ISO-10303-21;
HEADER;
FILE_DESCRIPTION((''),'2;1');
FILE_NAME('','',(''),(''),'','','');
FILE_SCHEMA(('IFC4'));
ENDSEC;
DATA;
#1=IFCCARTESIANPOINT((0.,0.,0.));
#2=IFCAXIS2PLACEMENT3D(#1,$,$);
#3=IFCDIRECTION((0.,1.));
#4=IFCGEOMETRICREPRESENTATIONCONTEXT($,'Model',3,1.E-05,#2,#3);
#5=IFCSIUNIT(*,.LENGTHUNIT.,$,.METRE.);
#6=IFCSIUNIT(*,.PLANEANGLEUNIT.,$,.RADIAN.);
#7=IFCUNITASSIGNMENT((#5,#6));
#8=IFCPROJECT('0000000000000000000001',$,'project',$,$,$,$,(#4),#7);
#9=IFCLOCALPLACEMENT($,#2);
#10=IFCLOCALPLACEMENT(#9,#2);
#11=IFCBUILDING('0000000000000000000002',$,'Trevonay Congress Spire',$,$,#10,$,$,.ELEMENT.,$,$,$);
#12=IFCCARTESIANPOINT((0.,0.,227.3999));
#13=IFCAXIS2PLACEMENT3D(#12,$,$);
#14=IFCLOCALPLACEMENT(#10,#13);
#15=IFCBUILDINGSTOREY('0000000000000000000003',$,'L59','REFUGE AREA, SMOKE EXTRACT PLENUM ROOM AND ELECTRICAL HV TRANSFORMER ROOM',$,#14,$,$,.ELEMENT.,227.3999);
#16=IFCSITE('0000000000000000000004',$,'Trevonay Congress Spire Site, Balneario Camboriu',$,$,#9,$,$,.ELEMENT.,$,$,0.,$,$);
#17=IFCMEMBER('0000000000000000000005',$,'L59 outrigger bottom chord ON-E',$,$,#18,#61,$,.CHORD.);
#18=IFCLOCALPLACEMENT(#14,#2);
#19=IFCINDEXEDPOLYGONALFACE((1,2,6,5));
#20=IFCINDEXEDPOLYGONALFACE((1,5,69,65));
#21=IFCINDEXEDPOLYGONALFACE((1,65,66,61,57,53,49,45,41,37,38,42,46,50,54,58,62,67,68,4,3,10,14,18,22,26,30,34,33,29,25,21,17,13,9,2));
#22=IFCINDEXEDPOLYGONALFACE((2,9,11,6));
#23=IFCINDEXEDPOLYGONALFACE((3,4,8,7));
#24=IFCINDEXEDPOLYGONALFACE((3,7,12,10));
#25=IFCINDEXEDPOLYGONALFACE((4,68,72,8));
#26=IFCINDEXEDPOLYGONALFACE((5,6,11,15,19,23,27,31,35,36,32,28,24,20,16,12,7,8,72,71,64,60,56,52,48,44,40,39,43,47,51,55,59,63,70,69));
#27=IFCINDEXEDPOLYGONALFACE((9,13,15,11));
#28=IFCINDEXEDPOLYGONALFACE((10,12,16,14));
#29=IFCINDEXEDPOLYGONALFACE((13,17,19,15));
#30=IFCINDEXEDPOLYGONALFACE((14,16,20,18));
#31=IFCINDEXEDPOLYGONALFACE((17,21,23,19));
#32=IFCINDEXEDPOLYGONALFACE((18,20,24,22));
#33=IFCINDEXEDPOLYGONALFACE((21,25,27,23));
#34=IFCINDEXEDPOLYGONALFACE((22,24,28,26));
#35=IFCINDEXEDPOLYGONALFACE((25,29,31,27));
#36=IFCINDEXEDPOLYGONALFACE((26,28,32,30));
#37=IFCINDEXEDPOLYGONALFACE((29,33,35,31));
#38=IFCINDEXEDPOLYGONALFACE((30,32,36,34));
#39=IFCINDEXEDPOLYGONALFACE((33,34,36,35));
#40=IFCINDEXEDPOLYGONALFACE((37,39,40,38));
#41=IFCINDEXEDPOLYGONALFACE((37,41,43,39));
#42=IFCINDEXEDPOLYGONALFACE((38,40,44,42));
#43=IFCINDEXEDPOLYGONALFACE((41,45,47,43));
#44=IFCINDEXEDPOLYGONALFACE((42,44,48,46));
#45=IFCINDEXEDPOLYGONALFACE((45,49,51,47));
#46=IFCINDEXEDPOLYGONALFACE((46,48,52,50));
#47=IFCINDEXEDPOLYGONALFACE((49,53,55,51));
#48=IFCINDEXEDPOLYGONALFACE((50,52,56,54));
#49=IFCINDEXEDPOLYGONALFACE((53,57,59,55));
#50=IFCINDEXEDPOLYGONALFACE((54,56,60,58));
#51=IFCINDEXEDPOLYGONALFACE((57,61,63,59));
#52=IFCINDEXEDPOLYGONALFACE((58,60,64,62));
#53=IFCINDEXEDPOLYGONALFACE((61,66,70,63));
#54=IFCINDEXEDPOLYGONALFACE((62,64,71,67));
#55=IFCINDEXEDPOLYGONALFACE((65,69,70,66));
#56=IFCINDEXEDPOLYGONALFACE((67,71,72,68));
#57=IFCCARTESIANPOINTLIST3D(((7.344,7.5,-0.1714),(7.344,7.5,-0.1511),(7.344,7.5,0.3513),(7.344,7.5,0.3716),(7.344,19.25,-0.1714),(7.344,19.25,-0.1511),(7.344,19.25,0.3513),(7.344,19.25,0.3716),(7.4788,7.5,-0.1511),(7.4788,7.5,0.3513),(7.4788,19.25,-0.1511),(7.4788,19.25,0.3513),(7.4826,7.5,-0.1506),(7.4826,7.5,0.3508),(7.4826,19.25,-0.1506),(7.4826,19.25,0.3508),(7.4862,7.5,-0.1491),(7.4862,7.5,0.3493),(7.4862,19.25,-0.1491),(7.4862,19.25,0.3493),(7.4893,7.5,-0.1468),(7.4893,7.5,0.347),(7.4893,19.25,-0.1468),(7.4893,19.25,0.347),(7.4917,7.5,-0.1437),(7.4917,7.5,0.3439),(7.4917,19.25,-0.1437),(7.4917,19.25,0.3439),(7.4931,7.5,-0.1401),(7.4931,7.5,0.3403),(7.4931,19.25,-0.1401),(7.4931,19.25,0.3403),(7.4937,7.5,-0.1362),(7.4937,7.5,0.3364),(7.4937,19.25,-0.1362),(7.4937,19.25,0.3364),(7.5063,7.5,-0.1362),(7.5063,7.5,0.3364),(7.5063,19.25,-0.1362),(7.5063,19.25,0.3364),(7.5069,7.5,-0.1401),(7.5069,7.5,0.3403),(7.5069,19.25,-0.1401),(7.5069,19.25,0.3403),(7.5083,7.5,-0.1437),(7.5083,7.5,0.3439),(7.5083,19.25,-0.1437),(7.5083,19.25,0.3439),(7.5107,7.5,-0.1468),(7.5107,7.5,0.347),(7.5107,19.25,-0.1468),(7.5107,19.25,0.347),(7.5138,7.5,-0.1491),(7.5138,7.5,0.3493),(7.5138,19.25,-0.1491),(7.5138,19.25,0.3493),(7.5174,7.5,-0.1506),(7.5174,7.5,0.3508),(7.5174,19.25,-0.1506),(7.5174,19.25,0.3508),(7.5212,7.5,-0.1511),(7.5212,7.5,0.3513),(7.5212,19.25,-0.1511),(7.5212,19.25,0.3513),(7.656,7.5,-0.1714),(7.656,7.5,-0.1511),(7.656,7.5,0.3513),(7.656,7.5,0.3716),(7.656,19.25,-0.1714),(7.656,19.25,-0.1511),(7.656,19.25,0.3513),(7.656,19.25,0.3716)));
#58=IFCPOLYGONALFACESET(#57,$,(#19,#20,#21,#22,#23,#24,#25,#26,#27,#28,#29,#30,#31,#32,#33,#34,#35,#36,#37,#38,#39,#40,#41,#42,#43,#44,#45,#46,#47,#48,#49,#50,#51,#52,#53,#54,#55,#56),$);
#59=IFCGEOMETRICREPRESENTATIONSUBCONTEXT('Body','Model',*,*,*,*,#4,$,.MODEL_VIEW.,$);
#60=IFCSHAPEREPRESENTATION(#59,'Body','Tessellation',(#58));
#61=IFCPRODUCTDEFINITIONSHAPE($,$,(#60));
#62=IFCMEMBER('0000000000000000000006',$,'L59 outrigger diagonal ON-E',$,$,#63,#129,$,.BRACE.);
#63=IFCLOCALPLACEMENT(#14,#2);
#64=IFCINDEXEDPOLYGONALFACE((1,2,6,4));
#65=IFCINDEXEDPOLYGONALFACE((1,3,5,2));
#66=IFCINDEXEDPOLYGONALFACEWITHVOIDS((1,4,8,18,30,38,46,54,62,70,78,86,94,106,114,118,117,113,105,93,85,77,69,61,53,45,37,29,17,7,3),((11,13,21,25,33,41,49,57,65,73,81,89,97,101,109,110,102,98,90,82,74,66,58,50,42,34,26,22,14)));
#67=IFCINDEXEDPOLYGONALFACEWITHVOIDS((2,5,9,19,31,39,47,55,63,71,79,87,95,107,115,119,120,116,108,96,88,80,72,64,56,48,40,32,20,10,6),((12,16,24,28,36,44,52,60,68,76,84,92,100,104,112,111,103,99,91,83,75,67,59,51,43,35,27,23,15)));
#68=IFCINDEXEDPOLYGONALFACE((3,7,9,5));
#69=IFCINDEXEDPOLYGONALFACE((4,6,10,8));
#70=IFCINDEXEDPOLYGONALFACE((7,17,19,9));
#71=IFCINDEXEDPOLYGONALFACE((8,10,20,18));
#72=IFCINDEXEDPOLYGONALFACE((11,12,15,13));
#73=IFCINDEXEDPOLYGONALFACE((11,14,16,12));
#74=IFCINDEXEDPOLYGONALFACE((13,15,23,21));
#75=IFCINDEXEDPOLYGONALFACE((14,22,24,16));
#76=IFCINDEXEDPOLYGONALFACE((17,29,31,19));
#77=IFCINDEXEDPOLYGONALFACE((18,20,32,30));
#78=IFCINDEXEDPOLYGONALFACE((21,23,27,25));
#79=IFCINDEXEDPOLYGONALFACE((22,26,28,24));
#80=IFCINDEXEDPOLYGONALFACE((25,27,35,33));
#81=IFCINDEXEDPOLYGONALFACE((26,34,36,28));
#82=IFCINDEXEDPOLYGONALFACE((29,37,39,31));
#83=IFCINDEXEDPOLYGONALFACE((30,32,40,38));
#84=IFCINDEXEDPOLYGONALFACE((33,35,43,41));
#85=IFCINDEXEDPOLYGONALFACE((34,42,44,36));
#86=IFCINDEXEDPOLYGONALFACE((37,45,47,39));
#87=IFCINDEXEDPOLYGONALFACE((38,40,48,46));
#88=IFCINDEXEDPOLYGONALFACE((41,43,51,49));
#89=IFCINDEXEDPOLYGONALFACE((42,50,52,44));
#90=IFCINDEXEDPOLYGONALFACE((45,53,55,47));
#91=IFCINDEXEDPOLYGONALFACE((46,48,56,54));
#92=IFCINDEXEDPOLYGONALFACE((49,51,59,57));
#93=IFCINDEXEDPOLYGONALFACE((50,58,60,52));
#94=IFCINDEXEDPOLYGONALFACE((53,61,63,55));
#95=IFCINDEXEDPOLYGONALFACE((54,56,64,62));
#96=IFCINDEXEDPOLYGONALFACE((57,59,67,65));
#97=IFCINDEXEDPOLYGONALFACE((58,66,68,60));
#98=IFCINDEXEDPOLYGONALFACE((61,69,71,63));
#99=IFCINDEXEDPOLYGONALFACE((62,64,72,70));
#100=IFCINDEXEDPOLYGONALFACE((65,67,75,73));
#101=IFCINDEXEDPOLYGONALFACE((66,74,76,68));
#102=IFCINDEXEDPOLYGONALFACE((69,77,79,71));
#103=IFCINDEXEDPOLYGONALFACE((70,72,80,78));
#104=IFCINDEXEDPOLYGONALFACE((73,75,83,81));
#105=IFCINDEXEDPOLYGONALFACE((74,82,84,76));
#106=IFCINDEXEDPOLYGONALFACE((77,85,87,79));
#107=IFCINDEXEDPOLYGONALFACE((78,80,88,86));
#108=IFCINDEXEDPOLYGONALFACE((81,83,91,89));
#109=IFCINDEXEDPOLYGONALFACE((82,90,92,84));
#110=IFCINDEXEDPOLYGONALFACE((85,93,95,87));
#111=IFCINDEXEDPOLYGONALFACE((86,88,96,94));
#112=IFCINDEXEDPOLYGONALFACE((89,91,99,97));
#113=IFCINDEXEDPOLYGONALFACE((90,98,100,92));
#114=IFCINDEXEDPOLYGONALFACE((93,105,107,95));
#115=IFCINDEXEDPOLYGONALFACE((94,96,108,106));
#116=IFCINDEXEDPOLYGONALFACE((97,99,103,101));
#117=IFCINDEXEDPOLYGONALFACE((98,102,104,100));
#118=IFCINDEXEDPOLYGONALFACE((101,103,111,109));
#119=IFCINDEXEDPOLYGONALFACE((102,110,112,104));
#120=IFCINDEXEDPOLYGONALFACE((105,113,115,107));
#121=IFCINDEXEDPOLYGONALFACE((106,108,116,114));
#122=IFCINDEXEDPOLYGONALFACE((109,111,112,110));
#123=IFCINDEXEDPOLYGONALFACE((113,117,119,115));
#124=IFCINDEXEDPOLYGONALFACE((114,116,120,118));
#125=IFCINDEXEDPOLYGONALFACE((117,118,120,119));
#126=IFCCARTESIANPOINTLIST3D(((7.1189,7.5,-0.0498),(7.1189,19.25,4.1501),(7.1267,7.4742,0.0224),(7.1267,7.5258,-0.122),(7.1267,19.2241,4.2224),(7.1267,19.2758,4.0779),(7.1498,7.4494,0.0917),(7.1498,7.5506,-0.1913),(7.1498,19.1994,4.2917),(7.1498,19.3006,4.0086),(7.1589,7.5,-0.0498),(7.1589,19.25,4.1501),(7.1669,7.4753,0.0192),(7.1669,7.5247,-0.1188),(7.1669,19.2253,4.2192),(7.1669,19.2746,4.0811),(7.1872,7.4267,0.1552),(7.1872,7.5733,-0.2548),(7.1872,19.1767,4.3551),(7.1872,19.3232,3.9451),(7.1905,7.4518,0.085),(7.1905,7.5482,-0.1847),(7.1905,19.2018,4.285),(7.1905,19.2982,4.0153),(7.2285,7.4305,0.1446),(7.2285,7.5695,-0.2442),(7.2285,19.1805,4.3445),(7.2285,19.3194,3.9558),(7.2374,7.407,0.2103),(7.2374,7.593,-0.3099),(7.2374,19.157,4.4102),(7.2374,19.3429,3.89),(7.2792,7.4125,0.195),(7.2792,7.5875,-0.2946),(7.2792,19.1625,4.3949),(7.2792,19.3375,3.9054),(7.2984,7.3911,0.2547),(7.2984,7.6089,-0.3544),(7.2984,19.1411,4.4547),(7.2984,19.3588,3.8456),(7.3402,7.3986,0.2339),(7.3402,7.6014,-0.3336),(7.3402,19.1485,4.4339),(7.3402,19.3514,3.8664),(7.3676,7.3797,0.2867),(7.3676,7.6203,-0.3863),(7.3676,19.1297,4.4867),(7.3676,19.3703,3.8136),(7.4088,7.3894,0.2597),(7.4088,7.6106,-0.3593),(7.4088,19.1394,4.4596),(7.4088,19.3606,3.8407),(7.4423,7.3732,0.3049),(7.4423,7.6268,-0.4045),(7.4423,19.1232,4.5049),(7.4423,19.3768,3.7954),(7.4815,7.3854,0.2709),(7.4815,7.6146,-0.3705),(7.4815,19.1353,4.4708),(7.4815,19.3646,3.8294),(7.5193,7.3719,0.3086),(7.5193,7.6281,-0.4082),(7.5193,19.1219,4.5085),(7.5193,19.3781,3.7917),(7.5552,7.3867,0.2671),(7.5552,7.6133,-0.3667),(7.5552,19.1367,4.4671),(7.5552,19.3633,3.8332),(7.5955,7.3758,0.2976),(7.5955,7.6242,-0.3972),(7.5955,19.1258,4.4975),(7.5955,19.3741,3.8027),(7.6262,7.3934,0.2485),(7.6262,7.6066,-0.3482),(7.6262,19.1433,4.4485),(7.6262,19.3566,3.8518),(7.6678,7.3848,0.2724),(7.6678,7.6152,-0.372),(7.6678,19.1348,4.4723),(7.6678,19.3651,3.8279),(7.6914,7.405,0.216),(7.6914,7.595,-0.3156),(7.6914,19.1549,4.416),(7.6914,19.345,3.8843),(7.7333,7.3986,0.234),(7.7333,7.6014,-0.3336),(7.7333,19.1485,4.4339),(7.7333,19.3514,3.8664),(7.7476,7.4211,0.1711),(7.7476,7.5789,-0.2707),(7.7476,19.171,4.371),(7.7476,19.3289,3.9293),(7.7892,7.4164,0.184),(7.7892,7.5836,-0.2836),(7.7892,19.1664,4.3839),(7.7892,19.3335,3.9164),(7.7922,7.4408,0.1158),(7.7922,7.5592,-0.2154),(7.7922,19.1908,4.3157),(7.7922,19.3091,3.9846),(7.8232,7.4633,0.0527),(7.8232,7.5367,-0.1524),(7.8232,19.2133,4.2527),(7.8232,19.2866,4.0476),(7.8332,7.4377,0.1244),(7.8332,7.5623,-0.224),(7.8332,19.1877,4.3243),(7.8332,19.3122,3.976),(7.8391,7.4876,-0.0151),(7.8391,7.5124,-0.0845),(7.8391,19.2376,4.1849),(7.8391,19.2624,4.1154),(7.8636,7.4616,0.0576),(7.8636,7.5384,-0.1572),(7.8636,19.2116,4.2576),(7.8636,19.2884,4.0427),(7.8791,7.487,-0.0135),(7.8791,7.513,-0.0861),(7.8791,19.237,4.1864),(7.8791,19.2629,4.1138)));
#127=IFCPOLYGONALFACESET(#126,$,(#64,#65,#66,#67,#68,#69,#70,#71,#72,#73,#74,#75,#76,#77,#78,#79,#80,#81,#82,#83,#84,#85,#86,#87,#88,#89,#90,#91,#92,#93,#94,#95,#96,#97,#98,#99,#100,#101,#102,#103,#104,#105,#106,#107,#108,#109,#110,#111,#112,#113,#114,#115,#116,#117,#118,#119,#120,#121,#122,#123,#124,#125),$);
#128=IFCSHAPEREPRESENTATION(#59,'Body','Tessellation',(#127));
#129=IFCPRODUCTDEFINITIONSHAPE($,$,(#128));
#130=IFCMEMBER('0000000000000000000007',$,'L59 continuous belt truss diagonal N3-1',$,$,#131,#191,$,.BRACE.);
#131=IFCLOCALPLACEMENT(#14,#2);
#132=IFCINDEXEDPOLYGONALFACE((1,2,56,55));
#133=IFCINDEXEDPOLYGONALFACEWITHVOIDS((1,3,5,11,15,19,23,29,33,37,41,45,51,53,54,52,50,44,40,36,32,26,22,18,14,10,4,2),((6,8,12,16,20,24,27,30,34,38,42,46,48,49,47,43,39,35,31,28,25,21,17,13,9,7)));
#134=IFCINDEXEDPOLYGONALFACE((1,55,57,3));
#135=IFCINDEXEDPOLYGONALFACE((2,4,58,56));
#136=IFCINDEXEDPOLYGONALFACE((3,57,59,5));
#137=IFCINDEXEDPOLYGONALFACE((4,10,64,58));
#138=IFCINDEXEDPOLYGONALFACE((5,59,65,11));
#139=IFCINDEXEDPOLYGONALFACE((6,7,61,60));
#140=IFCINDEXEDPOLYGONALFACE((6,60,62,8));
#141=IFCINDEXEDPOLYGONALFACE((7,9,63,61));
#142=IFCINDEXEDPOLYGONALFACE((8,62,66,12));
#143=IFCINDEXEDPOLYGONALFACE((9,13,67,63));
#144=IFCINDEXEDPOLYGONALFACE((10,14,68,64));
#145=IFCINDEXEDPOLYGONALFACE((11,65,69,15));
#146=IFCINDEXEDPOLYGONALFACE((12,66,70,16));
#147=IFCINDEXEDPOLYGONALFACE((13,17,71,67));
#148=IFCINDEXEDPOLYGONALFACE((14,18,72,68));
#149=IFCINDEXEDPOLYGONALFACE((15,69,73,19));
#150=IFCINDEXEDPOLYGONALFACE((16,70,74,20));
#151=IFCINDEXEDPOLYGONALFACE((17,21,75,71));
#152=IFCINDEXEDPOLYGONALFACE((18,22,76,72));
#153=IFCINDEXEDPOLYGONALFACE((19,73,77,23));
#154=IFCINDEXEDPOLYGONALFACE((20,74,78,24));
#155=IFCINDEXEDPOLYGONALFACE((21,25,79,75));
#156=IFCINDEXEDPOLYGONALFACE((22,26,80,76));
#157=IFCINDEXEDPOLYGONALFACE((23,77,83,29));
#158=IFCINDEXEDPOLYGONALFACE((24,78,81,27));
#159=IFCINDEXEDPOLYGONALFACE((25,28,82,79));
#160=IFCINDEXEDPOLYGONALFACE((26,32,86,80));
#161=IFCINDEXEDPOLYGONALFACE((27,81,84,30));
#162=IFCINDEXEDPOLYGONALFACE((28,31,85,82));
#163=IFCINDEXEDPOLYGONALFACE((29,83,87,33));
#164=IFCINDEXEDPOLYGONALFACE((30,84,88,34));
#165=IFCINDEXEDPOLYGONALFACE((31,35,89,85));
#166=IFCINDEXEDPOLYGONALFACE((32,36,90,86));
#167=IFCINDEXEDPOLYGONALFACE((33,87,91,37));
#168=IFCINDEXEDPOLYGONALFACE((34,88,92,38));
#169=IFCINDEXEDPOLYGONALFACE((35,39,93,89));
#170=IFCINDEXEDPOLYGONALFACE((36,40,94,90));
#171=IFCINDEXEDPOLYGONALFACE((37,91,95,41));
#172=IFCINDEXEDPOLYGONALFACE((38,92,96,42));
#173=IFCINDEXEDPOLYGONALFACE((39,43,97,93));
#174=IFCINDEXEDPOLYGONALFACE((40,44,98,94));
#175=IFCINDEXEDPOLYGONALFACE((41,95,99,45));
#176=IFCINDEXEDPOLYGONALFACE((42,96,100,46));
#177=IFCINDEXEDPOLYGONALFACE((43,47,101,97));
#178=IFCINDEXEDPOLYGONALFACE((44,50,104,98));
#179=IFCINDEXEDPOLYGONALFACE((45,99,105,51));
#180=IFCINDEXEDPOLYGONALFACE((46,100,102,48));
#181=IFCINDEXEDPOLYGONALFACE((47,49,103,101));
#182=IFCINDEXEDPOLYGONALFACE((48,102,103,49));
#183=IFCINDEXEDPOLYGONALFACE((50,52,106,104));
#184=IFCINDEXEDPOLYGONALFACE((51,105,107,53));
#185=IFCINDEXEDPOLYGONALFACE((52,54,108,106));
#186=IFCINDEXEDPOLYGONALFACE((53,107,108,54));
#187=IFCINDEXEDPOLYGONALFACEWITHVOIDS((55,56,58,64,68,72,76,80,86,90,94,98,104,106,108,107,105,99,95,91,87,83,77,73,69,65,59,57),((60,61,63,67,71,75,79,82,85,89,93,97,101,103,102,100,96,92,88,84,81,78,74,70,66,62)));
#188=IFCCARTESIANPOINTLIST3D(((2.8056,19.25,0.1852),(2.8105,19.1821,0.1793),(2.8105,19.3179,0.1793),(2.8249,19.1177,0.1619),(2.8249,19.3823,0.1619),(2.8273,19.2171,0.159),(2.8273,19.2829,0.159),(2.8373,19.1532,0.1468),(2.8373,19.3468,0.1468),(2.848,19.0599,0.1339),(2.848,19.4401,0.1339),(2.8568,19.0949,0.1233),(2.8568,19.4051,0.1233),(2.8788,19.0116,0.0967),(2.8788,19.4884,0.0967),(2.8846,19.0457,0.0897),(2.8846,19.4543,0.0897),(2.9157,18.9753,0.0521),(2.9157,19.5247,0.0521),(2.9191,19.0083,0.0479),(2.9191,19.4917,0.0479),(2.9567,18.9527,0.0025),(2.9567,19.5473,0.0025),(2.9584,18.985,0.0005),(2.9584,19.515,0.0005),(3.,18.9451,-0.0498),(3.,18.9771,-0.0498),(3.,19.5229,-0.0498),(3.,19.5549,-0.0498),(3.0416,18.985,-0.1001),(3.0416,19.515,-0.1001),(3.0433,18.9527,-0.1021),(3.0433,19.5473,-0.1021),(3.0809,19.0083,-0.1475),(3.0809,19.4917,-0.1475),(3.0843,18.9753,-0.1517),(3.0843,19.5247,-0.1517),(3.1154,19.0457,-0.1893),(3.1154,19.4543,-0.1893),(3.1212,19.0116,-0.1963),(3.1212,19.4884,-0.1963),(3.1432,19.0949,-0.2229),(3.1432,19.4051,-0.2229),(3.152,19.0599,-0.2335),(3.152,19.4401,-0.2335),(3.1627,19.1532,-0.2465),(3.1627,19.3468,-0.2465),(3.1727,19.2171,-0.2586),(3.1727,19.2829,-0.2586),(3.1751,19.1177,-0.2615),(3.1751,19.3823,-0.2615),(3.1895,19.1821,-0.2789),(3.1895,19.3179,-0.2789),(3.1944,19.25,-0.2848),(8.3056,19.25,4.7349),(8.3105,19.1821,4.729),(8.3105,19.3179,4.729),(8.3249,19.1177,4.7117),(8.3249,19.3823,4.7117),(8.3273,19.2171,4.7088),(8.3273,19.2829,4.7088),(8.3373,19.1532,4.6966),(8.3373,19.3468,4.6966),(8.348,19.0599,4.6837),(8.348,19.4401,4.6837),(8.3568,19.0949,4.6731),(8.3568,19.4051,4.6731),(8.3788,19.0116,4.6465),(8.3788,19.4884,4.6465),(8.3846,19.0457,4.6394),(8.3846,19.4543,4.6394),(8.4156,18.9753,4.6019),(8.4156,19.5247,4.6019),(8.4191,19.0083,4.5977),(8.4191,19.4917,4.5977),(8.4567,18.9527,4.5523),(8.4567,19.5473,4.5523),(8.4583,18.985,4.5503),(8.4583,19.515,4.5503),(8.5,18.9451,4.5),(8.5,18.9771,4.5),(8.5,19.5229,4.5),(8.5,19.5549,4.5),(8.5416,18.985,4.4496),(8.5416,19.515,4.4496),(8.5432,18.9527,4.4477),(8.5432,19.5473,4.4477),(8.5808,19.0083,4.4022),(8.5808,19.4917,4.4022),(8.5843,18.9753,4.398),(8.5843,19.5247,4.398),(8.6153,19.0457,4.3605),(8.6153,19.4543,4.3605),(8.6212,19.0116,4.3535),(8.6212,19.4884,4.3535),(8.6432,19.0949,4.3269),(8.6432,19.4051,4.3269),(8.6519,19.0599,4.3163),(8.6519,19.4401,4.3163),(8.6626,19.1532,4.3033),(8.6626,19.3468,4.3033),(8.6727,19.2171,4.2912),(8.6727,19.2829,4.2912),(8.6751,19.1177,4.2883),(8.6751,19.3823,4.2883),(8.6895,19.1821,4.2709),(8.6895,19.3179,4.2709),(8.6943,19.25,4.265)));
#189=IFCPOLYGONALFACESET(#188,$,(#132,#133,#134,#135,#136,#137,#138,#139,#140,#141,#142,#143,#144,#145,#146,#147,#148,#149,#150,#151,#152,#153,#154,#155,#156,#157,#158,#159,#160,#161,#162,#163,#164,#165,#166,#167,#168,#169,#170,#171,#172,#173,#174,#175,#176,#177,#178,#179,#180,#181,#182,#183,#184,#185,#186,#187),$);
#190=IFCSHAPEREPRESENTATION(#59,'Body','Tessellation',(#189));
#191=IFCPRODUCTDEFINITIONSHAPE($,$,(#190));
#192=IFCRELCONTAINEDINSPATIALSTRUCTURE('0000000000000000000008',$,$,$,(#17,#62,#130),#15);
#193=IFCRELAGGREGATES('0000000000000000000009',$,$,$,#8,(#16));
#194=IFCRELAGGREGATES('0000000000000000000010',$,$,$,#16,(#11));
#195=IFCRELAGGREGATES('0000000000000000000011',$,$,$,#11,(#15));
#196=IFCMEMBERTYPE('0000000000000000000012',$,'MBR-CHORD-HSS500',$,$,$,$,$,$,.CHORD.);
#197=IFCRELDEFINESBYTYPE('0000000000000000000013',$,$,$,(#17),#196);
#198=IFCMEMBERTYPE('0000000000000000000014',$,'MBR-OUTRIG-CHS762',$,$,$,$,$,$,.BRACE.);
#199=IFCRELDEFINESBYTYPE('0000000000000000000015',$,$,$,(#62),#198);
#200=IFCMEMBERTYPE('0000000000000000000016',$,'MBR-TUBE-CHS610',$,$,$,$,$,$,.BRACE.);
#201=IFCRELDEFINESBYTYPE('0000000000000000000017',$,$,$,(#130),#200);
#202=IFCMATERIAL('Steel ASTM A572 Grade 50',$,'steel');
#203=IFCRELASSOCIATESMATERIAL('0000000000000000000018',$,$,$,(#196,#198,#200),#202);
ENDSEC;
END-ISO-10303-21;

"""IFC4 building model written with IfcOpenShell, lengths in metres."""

from ifc_helpers import new_model, si_unit, direction, frame, origin, origin_2d, place, context, subcontext, project, spatial, hollow_circle, i_section, extrude, material, material_profile, profile_set, type_object, element, save


model = new_model("IFC4")

# Units and contexts
model_context = context("Model", 3, precision=1e-05, world=origin(), true_north=direction((0.0, 1.0)))
body_context = subcontext(model_context, "Body", "Model", "MODEL_VIEW")
ifc_project = project(units=[si_unit("LENGTHUNIT", "METRE"), si_unit("PLANEANGLEUNIT", "RADIAN")], contexts=[model_context])

# Site, building, storey
site_placement = place(None, origin())
site = spatial("IfcSite", under=ifc_project, at=site_placement, Name="Trevonay Congress Spire Site, Balneario Camboriu", CompositionType="ELEMENT", RefElevation=0.0)
building_placement = place(site_placement, origin())
building = spatial("IfcBuilding", under=site, at=building_placement, Name="Trevonay Congress Spire", CompositionType="ELEMENT")
storey_placement = place(building_placement, frame((0.0, 0.0, 227.3999)))
storey = spatial("IfcBuildingStorey", under=building, at=storey_placement, Name="L59", Description="REFUGE AREA, SMOKE EXTRACT PLENUM ROOM AND ELECTRICAL HV TRANSFORMER ROOM", CompositionType="ELEMENT", Elevation=227.3999)

# Shared definitions
ifc_material_1 = material(Name="Steel ASTM A572 Grade 50", Category="steel")

# Members
ifc_material_profile_1 = material_profile(ifc_material_1, i_section(OverallWidth=0.312, OverallDepth=0.543, WebThickness=0.0127, FlangeThickness=0.0203, FilletRadius=0.0149, at=origin_2d()), Name="W530x150")
ifc_profile_set_1 = profile_set([ifc_material_profile_1], Name="Steel ASTM A572 Grade 50")
member_type_1 = type_object("IfcMemberType", Name="MBR-CHORD-HSS500", PredefinedType="CHORD", material=ifc_profile_set_1)
member_1_placement = place(storey_placement, frame((7.5, 7.5, 0.1001), z_axis=(0.0, 1.0, 0.0), x_axis=(-1.0, 0.0, 0.0)))
element("IfcMember", 1, at=member_1_placement, inside=storey, type_object=member_type_1, Name="L59 outrigger bottom chord ON-E", PredefinedType="CHORD", context=body_context, shape_type="SweptSolid", body=[
    extrude(i_section(OverallWidth=0.312, OverallDepth=0.543, WebThickness=0.0127, FlangeThickness=0.0203, FilletRadius=0.0149, at=origin_2d()), origin(), (0.0, 0.0, 1.0), 11.75),
])
ifc_material_profile_2 = material_profile(ifc_material_1, hollow_circle(Radius=0.3811, WallThickness=0.04, at=origin_2d()), Name="CHS 762x40")
ifc_profile_set_2 = profile_set([ifc_material_profile_2], Name="Steel ASTM A572 Grade 50")
member_type_2 = type_object("IfcMemberType", Name="MBR-OUTRIG-CHS762", PredefinedType="BRACE", material=ifc_profile_set_2)
member_2_placement = place(storey_placement, frame((7.5, 7.5, -0.0498), z_axis=(0.0, 0.941652, 0.336587), x_axis=(-1.0, 0.0, 0.0)))
element("IfcMember", 2, at=member_2_placement, inside=storey, type_object=member_type_2, Name="L59 outrigger diagonal ON-E", PredefinedType="BRACE", context=body_context, shape_type="SweptSolid", body=[
    extrude(hollow_circle(Radius=0.3811, WallThickness=0.04, at=origin_2d()), origin(), (0.0, 0.0, 1.0), 12.478),
])
ifc_material_profile_3 = material_profile(ifc_material_1, hollow_circle(Radius=0.3049, WallThickness=0.032, at=origin_2d()), Name="CHS 610x32")
ifc_profile_set_3 = profile_set([ifc_material_profile_3], Name="Steel ASTM A572 Grade 50")
member_type_3 = type_object("IfcMemberType", Name="MBR-TUBE-CHS610", PredefinedType="BRACE", material=ifc_profile_set_3)
member_3_placement = place(storey_placement, frame((3.0, 19.25, -0.0498), z_axis=(0.770526, 0.0, 0.637408), x_axis=(0.0, 1.0, 0.0)))
element("IfcMember", 3, at=member_3_placement, inside=storey, type_object=member_type_3, Name="L59 continuous belt truss diagonal N3-1", PredefinedType="BRACE", context=body_context, shape_type="SweptSolid", body=[
    extrude(hollow_circle(Radius=0.3049, WallThickness=0.032, at=origin_2d()), origin(), (0.0, 0.0, 1.0), 7.1379),
])

save(model, "model.ifc")
